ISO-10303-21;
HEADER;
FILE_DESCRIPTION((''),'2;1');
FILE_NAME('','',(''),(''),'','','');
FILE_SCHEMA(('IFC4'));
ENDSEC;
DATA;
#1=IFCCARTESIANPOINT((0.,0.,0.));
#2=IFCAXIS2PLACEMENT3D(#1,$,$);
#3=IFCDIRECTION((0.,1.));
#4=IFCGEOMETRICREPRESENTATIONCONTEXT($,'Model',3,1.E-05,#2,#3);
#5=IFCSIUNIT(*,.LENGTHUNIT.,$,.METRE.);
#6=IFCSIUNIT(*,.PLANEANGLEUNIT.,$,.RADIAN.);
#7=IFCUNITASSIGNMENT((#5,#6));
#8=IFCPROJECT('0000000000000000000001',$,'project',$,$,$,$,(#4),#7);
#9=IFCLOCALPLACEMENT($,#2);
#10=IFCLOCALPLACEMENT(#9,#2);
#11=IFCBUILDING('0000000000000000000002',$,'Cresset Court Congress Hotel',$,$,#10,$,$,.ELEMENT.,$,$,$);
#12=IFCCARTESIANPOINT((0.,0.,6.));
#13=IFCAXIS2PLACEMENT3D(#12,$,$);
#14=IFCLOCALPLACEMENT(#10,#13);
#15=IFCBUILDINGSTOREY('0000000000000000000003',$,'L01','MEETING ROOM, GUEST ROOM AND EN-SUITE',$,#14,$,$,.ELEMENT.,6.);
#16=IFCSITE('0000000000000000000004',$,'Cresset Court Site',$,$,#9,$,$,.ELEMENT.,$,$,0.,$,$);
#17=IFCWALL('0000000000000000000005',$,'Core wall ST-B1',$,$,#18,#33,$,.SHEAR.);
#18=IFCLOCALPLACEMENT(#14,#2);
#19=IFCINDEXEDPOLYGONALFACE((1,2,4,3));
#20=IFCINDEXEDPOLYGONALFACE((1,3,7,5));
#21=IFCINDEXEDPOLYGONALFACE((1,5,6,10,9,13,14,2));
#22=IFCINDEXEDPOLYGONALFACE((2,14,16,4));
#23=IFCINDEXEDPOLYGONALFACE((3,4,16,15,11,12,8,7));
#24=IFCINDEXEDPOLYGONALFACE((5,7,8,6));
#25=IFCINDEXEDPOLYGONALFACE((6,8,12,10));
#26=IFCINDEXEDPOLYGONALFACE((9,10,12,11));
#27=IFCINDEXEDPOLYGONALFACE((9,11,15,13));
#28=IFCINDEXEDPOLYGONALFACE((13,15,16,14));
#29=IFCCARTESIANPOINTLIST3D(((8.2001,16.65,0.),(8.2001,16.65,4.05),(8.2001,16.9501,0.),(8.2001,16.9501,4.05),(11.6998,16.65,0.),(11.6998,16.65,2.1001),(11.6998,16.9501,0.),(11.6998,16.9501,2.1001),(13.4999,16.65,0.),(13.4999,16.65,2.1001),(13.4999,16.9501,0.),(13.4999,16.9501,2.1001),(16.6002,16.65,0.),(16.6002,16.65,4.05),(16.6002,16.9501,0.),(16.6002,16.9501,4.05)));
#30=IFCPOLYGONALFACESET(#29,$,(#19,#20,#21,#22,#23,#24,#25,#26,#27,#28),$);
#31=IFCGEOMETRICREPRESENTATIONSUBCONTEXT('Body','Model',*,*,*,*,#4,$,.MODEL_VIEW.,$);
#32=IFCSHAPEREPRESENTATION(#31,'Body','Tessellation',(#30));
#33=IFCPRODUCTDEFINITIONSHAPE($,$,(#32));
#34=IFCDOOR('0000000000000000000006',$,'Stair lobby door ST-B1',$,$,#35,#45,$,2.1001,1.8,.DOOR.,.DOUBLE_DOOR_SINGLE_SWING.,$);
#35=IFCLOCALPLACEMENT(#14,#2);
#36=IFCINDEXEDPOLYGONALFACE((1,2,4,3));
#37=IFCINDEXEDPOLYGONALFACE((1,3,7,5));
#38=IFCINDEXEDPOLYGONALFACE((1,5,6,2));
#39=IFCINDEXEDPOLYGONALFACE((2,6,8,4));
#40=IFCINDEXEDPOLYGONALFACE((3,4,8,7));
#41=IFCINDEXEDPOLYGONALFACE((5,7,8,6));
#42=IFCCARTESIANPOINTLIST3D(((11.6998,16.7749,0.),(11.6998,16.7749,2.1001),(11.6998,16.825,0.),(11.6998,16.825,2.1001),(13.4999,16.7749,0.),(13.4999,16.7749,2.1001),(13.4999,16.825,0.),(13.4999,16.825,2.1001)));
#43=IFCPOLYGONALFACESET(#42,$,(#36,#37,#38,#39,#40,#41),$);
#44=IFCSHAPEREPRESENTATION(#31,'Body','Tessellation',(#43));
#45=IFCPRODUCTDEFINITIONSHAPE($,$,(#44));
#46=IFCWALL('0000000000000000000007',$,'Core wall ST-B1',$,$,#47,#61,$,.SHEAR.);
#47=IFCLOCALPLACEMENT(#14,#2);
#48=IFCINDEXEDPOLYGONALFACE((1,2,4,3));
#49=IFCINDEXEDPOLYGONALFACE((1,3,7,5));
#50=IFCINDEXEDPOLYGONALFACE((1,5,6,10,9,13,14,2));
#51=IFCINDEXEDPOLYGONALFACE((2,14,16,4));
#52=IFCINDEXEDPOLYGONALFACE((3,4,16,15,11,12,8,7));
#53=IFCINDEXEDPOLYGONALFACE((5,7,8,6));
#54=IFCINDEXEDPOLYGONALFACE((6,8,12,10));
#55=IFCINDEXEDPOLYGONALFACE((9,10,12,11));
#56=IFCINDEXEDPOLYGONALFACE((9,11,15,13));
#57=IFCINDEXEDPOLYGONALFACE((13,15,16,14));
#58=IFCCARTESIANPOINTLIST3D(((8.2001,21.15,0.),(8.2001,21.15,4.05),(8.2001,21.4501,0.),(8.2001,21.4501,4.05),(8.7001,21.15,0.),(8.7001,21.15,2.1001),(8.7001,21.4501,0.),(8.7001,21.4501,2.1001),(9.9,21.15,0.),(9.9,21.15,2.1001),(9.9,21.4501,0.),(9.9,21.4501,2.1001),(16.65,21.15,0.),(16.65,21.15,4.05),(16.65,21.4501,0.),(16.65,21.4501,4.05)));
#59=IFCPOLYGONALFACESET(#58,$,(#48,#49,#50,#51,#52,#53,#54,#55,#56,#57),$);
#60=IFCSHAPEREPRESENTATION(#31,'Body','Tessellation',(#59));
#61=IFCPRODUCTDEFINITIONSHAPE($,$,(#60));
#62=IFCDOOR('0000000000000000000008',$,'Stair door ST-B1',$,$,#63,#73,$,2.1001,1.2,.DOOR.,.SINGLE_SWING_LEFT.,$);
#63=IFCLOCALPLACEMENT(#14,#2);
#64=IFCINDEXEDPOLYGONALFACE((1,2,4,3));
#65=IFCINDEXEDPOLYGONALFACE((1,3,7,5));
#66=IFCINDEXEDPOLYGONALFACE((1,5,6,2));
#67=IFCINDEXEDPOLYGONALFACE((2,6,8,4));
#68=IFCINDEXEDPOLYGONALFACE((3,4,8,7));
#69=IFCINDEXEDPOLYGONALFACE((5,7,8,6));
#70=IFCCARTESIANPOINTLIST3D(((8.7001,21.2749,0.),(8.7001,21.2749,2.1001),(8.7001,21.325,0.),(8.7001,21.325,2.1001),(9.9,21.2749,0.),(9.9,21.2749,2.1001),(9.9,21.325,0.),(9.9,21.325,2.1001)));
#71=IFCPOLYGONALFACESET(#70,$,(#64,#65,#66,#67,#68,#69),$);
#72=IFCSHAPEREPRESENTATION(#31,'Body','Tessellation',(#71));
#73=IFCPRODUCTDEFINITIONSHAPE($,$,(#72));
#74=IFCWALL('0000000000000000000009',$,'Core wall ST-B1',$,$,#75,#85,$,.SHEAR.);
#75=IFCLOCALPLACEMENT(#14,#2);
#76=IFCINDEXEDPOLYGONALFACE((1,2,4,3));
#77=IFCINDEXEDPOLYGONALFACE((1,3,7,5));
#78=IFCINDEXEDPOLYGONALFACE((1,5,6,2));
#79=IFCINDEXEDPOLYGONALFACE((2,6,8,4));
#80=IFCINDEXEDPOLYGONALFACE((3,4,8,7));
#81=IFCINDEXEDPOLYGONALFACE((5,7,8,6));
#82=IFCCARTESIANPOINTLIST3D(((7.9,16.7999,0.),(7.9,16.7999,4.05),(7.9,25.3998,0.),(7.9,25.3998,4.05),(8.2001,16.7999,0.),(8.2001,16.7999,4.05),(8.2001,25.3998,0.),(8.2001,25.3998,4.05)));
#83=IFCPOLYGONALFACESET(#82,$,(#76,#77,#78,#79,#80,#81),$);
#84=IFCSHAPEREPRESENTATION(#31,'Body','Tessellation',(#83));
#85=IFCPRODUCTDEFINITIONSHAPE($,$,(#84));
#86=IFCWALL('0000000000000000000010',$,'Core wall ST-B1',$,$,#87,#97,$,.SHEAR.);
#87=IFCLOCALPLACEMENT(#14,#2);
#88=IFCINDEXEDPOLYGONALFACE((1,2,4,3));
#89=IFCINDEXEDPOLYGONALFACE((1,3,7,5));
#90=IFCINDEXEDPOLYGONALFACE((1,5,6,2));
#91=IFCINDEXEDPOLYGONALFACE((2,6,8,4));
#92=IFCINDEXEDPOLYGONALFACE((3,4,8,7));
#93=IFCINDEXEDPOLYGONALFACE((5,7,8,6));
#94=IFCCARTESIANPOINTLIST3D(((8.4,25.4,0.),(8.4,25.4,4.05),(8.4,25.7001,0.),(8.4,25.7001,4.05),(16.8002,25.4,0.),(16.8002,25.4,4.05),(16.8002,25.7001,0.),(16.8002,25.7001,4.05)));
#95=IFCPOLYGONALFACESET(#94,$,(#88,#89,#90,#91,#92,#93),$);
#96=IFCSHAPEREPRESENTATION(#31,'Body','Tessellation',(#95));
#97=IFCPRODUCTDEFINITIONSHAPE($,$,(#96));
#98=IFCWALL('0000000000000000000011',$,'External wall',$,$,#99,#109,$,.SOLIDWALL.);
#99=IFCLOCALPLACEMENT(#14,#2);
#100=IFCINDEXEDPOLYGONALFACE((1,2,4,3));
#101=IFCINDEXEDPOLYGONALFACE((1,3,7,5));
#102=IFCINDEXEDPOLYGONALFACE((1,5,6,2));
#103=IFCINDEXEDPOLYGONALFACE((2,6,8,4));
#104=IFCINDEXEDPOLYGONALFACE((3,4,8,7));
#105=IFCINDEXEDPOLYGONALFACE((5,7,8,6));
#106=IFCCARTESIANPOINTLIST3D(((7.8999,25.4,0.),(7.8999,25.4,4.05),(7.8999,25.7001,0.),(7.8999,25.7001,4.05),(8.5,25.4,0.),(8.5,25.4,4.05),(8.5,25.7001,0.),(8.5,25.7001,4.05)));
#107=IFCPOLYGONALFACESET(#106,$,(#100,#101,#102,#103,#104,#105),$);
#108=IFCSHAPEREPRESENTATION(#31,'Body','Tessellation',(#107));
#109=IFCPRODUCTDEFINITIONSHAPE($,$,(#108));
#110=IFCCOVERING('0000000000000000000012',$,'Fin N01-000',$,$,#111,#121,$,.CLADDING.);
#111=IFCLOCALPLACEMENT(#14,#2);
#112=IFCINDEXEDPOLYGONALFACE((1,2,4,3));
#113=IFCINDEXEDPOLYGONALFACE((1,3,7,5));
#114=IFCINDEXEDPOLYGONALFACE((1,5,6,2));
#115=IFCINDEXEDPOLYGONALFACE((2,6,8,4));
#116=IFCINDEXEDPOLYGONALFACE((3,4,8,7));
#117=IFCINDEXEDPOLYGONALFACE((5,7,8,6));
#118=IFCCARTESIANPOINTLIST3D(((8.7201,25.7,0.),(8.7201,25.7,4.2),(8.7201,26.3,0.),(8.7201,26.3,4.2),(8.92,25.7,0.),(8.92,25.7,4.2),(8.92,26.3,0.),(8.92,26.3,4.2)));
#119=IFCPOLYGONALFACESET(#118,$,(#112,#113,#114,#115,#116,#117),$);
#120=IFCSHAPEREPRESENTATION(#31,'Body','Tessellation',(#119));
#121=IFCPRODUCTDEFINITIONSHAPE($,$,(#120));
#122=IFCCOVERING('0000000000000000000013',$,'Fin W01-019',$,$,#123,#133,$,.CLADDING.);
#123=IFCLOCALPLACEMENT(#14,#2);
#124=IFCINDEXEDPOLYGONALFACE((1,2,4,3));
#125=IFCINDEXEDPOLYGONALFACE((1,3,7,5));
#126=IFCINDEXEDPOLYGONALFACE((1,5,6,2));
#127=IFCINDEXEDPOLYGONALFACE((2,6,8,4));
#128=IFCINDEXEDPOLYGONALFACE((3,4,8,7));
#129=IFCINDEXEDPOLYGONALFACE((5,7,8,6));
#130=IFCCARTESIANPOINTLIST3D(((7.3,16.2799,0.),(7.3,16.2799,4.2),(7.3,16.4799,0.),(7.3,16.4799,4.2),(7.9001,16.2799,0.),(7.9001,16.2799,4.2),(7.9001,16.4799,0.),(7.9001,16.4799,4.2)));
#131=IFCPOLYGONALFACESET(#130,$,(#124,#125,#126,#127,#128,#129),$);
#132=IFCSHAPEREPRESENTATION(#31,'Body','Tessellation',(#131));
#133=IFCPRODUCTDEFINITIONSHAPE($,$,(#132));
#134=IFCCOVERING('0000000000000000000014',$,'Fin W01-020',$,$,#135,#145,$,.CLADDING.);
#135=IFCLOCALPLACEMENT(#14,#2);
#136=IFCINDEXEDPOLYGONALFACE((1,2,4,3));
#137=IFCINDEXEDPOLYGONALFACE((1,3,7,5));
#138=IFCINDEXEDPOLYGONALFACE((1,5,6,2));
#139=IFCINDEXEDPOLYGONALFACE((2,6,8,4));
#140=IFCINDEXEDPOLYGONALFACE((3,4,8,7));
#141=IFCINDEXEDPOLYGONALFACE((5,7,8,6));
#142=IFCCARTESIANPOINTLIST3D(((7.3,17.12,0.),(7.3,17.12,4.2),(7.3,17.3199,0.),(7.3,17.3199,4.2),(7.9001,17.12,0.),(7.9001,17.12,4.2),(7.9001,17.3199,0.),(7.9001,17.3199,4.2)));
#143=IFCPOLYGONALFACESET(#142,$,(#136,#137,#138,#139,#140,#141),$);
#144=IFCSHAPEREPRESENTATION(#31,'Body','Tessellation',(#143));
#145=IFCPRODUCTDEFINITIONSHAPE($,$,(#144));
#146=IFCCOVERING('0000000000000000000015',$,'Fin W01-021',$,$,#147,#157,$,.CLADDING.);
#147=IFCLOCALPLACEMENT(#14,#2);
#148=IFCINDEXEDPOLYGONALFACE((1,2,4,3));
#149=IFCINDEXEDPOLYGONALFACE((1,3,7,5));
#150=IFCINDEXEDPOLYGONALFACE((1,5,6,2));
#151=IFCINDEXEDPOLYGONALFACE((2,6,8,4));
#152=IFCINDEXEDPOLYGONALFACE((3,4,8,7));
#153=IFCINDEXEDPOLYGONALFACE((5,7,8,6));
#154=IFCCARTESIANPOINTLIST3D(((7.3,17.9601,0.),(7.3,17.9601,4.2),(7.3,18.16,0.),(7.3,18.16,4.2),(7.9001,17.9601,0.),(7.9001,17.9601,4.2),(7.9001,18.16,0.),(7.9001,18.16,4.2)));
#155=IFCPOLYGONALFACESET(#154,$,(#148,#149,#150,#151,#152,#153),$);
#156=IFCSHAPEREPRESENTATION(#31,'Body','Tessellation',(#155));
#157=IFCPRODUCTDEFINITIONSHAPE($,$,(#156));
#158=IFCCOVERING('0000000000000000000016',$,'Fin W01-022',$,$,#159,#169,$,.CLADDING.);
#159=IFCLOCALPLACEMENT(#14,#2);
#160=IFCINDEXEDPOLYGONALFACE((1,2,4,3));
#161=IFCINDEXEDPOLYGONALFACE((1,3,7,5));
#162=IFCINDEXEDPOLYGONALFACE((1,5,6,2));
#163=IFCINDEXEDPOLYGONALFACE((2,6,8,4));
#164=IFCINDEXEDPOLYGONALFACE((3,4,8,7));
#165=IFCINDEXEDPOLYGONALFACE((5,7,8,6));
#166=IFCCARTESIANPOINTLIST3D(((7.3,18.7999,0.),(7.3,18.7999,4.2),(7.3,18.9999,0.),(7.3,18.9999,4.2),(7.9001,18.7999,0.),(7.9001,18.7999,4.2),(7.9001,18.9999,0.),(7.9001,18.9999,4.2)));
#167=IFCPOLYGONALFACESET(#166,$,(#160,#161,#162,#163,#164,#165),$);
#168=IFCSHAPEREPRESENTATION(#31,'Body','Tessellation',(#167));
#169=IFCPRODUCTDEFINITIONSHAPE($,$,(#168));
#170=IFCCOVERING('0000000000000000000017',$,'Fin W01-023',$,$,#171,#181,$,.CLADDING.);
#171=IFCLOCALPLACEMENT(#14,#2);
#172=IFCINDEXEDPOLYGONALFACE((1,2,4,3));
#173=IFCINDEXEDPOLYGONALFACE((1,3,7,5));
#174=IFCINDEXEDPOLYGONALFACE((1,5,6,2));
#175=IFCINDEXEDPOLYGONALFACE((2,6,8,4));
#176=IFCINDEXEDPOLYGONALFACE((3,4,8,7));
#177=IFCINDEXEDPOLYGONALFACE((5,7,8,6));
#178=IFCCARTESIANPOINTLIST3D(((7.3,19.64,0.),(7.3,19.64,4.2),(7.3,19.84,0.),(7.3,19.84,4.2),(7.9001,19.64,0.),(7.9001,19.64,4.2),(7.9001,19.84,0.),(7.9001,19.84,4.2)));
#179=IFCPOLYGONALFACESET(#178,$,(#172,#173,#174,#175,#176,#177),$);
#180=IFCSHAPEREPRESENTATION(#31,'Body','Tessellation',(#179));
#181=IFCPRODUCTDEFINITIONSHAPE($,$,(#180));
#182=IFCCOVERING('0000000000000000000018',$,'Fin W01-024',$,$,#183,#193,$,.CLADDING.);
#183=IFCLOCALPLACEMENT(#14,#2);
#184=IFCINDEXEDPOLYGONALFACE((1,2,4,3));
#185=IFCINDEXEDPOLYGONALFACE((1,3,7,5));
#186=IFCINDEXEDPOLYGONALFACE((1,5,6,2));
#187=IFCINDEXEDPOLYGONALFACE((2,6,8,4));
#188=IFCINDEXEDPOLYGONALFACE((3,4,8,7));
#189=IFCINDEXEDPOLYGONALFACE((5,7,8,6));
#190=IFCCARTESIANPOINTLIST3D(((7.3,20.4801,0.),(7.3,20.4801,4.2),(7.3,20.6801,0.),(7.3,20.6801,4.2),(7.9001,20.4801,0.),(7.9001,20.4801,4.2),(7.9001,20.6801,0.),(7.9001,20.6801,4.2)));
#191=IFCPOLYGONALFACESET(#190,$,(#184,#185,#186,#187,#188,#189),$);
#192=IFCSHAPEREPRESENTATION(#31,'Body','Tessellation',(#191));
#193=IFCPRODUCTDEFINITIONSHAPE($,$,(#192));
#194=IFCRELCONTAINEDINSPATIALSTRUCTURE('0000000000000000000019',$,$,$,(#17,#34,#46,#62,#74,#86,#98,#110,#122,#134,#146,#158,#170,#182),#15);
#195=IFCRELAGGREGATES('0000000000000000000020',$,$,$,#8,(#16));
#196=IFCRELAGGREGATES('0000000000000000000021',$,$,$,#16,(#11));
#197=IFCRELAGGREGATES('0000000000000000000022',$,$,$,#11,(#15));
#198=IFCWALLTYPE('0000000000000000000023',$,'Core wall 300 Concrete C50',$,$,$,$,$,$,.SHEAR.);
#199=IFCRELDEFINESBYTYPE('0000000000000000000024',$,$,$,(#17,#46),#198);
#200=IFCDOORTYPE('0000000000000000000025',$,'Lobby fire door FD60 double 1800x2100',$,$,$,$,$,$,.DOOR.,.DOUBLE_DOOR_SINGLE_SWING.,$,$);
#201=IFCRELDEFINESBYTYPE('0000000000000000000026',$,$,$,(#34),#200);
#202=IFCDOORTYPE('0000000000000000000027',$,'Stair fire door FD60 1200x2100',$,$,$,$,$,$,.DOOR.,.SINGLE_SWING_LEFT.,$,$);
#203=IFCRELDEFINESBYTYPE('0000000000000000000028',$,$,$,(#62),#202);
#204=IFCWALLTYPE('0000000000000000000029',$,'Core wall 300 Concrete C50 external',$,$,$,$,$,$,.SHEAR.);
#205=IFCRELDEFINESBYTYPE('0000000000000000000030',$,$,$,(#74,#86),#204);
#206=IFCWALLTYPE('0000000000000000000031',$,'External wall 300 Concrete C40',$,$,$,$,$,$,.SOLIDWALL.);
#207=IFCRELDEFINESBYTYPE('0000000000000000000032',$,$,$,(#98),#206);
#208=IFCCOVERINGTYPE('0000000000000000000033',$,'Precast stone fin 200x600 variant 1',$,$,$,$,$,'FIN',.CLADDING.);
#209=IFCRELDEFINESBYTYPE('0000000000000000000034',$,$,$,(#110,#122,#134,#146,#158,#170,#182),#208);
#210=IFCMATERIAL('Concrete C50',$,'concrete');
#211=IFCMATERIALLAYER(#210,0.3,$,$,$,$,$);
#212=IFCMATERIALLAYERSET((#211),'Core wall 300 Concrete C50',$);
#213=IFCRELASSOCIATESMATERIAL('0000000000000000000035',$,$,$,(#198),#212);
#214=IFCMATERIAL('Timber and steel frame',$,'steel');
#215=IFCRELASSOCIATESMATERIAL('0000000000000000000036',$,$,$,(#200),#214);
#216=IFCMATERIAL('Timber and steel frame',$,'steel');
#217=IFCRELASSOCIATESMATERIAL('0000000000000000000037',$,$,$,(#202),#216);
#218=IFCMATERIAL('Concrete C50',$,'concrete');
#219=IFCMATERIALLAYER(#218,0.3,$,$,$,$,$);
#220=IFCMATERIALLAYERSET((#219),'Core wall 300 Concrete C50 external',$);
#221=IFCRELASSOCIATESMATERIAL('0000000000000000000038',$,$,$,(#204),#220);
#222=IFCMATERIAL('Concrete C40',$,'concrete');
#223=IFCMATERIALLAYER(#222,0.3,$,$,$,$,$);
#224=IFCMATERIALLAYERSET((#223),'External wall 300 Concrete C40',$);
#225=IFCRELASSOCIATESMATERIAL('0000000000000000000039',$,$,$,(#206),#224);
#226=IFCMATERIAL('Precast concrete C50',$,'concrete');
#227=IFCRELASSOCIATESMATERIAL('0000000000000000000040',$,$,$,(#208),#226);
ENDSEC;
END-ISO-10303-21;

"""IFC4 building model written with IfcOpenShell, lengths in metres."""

from ifc_helpers import new_model, si_unit, direction, frame, frame_2d, origin, origin_2d, place, context, subcontext, project, spatial, rectangle, extrude, material, layer, layer_set, type_object, element, fill, save


model = new_model("IFC4")

# Units and contexts
model_context = context("Model", 3, precision=1e-05, world=origin(), true_north=direction((0.0, 1.0)))
body_context = subcontext(model_context, "Body", "Model", "MODEL_VIEW")
ifc_project = project(units=[si_unit("LENGTHUNIT", "METRE"), si_unit("PLANEANGLEUNIT", "RADIAN")], contexts=[model_context])

# Site, building, storey
site_placement = place(None, origin())
site = spatial("IfcSite", under=ifc_project, at=site_placement, Name="Cresset Court Site", CompositionType="ELEMENT", RefElevation=0.0)
building_placement = place(site_placement, origin())
building = spatial("IfcBuilding", under=site, at=building_placement, Name="Cresset Court Congress Hotel", CompositionType="ELEMENT")
storey_placement = place(building_placement, frame((0.0, 0.0, 6.0)))
storey = spatial("IfcBuildingStorey", under=building, at=storey_placement, Name="L01", Description="MEETING ROOM, GUEST ROOM AND EN-SUITE", CompositionType="ELEMENT", Elevation=6.0)

# Walls, openings, doors
ifc_material_1 = material(Name="Concrete C50", Category="concrete")
ifc_layer_1 = layer(ifc_material_1, 0.3)
ifc_layer_set_1 = layer_set([ifc_layer_1], Name="Core wall 300 Concrete C50")
wall_type_1 = type_object("IfcWallType", Name="Core wall 300 Concrete C50", PredefinedType="SHEAR", material=ifc_layer_set_1)
wall_1_placement = place(storey_placement, frame((8.2, 16.8, 0.0), z_axis=(0.0, 0.0, 1.0), x_axis=(1.0, 0.0, 0.0)))
wall_1 = element("IfcWall", 1, at=wall_1_placement, inside=storey, type_object=wall_type_1, Name="Core wall ST-B1", PredefinedType="SHEAR", context=body_context, shape_type="SweptSolid", body=[
    extrude(rectangle(XDim=8.4001, YDim=0.3, at=frame_2d((4.2002, 0.0))), origin(), (0.0, 0.0, 1.0), 4.05),
])
opening_1_placement = place(wall_1_placement, frame((3.5, 0.0, 0.0)))
opening_1 = element("IfcOpeningElement", 2, at=opening_1_placement, cuts=wall_1, PredefinedType="OPENING", context=body_context, shape_type="SweptSolid", body=[
    extrude(rectangle(XDim=1.8, YDim=2.1001, at=frame_2d((0.8999, 1.05))), frame((0.0, 0.1599, 0.0), z_axis=(0.0, -1.0, 0.0), x_axis=(1.0, 0.0, 0.0)), (0.0, 0.0, 1.0), 0.3201),
])
ifc_material_2 = material(Name="Timber and steel frame", Category="steel")
door_type_1 = type_object("IfcDoorType", Name="Lobby fire door FD60 double 1800x2100", OperationType="DOUBLE_DOOR_SINGLE_SWING", PredefinedType="DOOR", material=ifc_material_2)
door_1_placement = place(opening_1_placement, origin())
door_1 = element("IfcDoor", 3, at=door_1_placement, inside=storey, type_object=door_type_1, Name="Stair lobby door ST-B1", OperationType="DOUBLE_DOOR_SINGLE_SWING", OverallHeight=2.1001, OverallWidth=1.8, PredefinedType="DOOR", context=body_context, shape_type="SweptSolid", body=[
    extrude(rectangle(XDim=1.8, YDim=2.1001, at=frame_2d((0.8999, 1.05))), frame((0.0, 0.0249, 0.0), z_axis=(0.0, -1.0, 0.0), x_axis=(1.0, 0.0, 0.0)), (0.0, 0.0, 1.0), 0.05),
])
fill(opening_1, door_1)
wall_2_placement = place(storey_placement, frame((8.2, 21.3, 0.0), z_axis=(0.0, 0.0, 1.0), x_axis=(1.0, 0.0, 0.0)))
wall_2 = element("IfcWall", 4, at=wall_2_placement, inside=storey, type_object=wall_type_1, Name="Core wall ST-B1", PredefinedType="SHEAR", context=body_context, shape_type="SweptSolid", body=[
    extrude(rectangle(XDim=8.45, YDim=0.3, at=frame_2d((4.2251, 0.0))), origin(), (0.0, 0.0, 1.0), 4.05),
])
opening_2_placement = place(wall_2_placement, frame((0.5, 0.0, 0.0)))
opening_2 = element("IfcOpeningElement", 5, at=opening_2_placement, cuts=wall_2, PredefinedType="OPENING", context=body_context, shape_type="SweptSolid", body=[
    extrude(rectangle(XDim=1.2, YDim=2.1001, at=frame_2d((0.6001, 1.05))), frame((0.0, 0.1599, 0.0), z_axis=(0.0, -1.0, 0.0), x_axis=(1.0, 0.0, 0.0)), (0.0, 0.0, 1.0), 0.3201),
])
ifc_material_3 = material(Name="Timber and steel frame", Category="steel")
door_type_2 = type_object("IfcDoorType", Name="Stair fire door FD60 1200x2100", OperationType="SINGLE_SWING_LEFT", PredefinedType="DOOR", material=ifc_material_3)
door_2_placement = place(opening_2_placement, origin())
door_2 = element("IfcDoor", 6, at=door_2_placement, inside=storey, type_object=door_type_2, Name="Stair door ST-B1", OperationType="SINGLE_SWING_LEFT", OverallHeight=2.1001, OverallWidth=1.2, PredefinedType="DOOR", context=body_context, shape_type="SweptSolid", body=[
    extrude(rectangle(XDim=1.2, YDim=2.1001, at=frame_2d((0.6001, 1.05))), frame((0.0, 0.0249, 0.0), z_axis=(0.0, -1.0, 0.0), x_axis=(1.0, 0.0, 0.0)), (0.0, 0.0, 1.0), 0.05),
])
fill(opening_2, door_2)

# Walls
ifc_material_4 = material(Name="Concrete C50", Category="concrete")
ifc_layer_2 = layer(ifc_material_4, 0.3)
ifc_layer_set_2 = layer_set([ifc_layer_2], Name="Core wall 300 Concrete C50 external")
wall_type_2 = type_object("IfcWallType", Name="Core wall 300 Concrete C50 external", PredefinedType="SHEAR", material=ifc_layer_set_2)
wall_3_placement = place(storey_placement, frame((8.05, 16.8, 0.0), z_axis=(0.0, 0.0, 1.0), x_axis=(0.0, 1.0, 0.0)))
element("IfcWall", 7, at=wall_3_placement, inside=storey, type_object=wall_type_2, Name="Core wall ST-B1", PredefinedType="SHEAR", context=body_context, shape_type="SweptSolid", body=[
    extrude(rectangle(XDim=8.5999, YDim=0.3, at=frame_2d((4.2998, 0.0))), origin(), (0.0, 0.0, 1.0), 4.05),
])
wall_4_placement = place(storey_placement, frame((8.3999, 25.55, 0.0), z_axis=(0.0, 0.0, 1.0), x_axis=(1.0, 0.0, 0.0)))
element("IfcWall", 8, at=wall_4_placement, inside=storey, type_object=wall_type_2, Name="Core wall ST-B1", PredefinedType="SHEAR", context=body_context, shape_type="SweptSolid", body=[
    extrude(rectangle(XDim=8.4001, YDim=0.3, at=frame_2d((4.2002, 0.0))), origin(), (0.0, 0.0, 1.0), 4.05),
])
ifc_material_5 = material(Name="Concrete C40", Category="concrete")
ifc_layer_3 = layer(ifc_material_5, 0.3)
ifc_layer_set_3 = layer_set([ifc_layer_3], Name="External wall 300 Concrete C40")
wall_type_3 = type_object("IfcWallType", Name="External wall 300 Concrete C40", PredefinedType="SOLIDWALL", material=ifc_layer_set_3)
wall_5_placement = place(storey_placement, frame((7.8999, 25.55, 0.0), z_axis=(0.0, 0.0, 1.0), x_axis=(1.0, 0.0, 0.0)))
element("IfcWall", 9, at=wall_5_placement, inside=storey, type_object=wall_type_3, Name="External wall", PredefinedType="SOLIDWALL", context=body_context, shape_type="SweptSolid", body=[
    extrude(rectangle(XDim=0.6001, YDim=0.3, at=frame_2d((0.3, 0.0))), origin(), (0.0, 0.0, 1.0), 4.05),
])

# Coverings
ifc_material_6 = material(Name="Precast concrete C50", Category="concrete")
covering_type = type_object("IfcCoveringType", Name="Precast stone fin 200x600 variant 1", ElementType="FIN", PredefinedType="CLADDING", material=ifc_material_6)
covering_placement = place(storey_placement, frame((8.8201, 26.0, 0.0), z_axis=(0.0, 0.0, 1.0), x_axis=(1.0, 0.0, 0.0)))
element("IfcCovering", 10, at=covering_placement, inside=storey, type_object=covering_type, Name="Fin N01-000", PredefinedType="CLADDING", context=body_context, shape_type="SweptSolid", body=[
    extrude(rectangle(XDim=0.2, YDim=0.6001, at=origin_2d()), origin(), (0.0, 0.0, 1.0), 4.2),
])
for number, where, z_axis, x_axis, name in (
    (11, (7.6001, 16.3799, 0.0), (0.0, 0.0, 1.0), (1.0, 0.0, 0.0), "Fin W01-019"),
    (12, (7.6001, 17.22, 0.0), (0.0, 0.0, 1.0), (1.0, 0.0, 0.0), "Fin W01-020"),
    (13, (7.6001, 18.0601, 0.0), (0.0, 0.0, 1.0), (1.0, 0.0, 0.0), "Fin W01-021"),
    (14, (7.6001, 18.8999, 0.0), (0.0, 0.0, 1.0), (1.0, 0.0, 0.0), "Fin W01-022"),
    (15, (7.6001, 19.74, 0.0), (0.0, 0.0, 1.0), (1.0, 0.0, 0.0), "Fin W01-023"),
    (16, (7.6001, 20.5801, 0.0), (0.0, 0.0, 1.0), (1.0, 0.0, 0.0), "Fin W01-024"),
):
    element("IfcCovering", number, at=place(storey_placement, frame(where, z_axis=z_axis, x_axis=x_axis)), inside=storey, type_object=covering_type, Name=name, PredefinedType="CLADDING", context=body_context, shape_type="SweptSolid", body=[
        extrude(rectangle(XDim=0.6001, YDim=0.2, at=origin_2d()), origin(), (0.0, 0.0, 1.0), 4.2),
    ])

save(model, "model.ifc")
